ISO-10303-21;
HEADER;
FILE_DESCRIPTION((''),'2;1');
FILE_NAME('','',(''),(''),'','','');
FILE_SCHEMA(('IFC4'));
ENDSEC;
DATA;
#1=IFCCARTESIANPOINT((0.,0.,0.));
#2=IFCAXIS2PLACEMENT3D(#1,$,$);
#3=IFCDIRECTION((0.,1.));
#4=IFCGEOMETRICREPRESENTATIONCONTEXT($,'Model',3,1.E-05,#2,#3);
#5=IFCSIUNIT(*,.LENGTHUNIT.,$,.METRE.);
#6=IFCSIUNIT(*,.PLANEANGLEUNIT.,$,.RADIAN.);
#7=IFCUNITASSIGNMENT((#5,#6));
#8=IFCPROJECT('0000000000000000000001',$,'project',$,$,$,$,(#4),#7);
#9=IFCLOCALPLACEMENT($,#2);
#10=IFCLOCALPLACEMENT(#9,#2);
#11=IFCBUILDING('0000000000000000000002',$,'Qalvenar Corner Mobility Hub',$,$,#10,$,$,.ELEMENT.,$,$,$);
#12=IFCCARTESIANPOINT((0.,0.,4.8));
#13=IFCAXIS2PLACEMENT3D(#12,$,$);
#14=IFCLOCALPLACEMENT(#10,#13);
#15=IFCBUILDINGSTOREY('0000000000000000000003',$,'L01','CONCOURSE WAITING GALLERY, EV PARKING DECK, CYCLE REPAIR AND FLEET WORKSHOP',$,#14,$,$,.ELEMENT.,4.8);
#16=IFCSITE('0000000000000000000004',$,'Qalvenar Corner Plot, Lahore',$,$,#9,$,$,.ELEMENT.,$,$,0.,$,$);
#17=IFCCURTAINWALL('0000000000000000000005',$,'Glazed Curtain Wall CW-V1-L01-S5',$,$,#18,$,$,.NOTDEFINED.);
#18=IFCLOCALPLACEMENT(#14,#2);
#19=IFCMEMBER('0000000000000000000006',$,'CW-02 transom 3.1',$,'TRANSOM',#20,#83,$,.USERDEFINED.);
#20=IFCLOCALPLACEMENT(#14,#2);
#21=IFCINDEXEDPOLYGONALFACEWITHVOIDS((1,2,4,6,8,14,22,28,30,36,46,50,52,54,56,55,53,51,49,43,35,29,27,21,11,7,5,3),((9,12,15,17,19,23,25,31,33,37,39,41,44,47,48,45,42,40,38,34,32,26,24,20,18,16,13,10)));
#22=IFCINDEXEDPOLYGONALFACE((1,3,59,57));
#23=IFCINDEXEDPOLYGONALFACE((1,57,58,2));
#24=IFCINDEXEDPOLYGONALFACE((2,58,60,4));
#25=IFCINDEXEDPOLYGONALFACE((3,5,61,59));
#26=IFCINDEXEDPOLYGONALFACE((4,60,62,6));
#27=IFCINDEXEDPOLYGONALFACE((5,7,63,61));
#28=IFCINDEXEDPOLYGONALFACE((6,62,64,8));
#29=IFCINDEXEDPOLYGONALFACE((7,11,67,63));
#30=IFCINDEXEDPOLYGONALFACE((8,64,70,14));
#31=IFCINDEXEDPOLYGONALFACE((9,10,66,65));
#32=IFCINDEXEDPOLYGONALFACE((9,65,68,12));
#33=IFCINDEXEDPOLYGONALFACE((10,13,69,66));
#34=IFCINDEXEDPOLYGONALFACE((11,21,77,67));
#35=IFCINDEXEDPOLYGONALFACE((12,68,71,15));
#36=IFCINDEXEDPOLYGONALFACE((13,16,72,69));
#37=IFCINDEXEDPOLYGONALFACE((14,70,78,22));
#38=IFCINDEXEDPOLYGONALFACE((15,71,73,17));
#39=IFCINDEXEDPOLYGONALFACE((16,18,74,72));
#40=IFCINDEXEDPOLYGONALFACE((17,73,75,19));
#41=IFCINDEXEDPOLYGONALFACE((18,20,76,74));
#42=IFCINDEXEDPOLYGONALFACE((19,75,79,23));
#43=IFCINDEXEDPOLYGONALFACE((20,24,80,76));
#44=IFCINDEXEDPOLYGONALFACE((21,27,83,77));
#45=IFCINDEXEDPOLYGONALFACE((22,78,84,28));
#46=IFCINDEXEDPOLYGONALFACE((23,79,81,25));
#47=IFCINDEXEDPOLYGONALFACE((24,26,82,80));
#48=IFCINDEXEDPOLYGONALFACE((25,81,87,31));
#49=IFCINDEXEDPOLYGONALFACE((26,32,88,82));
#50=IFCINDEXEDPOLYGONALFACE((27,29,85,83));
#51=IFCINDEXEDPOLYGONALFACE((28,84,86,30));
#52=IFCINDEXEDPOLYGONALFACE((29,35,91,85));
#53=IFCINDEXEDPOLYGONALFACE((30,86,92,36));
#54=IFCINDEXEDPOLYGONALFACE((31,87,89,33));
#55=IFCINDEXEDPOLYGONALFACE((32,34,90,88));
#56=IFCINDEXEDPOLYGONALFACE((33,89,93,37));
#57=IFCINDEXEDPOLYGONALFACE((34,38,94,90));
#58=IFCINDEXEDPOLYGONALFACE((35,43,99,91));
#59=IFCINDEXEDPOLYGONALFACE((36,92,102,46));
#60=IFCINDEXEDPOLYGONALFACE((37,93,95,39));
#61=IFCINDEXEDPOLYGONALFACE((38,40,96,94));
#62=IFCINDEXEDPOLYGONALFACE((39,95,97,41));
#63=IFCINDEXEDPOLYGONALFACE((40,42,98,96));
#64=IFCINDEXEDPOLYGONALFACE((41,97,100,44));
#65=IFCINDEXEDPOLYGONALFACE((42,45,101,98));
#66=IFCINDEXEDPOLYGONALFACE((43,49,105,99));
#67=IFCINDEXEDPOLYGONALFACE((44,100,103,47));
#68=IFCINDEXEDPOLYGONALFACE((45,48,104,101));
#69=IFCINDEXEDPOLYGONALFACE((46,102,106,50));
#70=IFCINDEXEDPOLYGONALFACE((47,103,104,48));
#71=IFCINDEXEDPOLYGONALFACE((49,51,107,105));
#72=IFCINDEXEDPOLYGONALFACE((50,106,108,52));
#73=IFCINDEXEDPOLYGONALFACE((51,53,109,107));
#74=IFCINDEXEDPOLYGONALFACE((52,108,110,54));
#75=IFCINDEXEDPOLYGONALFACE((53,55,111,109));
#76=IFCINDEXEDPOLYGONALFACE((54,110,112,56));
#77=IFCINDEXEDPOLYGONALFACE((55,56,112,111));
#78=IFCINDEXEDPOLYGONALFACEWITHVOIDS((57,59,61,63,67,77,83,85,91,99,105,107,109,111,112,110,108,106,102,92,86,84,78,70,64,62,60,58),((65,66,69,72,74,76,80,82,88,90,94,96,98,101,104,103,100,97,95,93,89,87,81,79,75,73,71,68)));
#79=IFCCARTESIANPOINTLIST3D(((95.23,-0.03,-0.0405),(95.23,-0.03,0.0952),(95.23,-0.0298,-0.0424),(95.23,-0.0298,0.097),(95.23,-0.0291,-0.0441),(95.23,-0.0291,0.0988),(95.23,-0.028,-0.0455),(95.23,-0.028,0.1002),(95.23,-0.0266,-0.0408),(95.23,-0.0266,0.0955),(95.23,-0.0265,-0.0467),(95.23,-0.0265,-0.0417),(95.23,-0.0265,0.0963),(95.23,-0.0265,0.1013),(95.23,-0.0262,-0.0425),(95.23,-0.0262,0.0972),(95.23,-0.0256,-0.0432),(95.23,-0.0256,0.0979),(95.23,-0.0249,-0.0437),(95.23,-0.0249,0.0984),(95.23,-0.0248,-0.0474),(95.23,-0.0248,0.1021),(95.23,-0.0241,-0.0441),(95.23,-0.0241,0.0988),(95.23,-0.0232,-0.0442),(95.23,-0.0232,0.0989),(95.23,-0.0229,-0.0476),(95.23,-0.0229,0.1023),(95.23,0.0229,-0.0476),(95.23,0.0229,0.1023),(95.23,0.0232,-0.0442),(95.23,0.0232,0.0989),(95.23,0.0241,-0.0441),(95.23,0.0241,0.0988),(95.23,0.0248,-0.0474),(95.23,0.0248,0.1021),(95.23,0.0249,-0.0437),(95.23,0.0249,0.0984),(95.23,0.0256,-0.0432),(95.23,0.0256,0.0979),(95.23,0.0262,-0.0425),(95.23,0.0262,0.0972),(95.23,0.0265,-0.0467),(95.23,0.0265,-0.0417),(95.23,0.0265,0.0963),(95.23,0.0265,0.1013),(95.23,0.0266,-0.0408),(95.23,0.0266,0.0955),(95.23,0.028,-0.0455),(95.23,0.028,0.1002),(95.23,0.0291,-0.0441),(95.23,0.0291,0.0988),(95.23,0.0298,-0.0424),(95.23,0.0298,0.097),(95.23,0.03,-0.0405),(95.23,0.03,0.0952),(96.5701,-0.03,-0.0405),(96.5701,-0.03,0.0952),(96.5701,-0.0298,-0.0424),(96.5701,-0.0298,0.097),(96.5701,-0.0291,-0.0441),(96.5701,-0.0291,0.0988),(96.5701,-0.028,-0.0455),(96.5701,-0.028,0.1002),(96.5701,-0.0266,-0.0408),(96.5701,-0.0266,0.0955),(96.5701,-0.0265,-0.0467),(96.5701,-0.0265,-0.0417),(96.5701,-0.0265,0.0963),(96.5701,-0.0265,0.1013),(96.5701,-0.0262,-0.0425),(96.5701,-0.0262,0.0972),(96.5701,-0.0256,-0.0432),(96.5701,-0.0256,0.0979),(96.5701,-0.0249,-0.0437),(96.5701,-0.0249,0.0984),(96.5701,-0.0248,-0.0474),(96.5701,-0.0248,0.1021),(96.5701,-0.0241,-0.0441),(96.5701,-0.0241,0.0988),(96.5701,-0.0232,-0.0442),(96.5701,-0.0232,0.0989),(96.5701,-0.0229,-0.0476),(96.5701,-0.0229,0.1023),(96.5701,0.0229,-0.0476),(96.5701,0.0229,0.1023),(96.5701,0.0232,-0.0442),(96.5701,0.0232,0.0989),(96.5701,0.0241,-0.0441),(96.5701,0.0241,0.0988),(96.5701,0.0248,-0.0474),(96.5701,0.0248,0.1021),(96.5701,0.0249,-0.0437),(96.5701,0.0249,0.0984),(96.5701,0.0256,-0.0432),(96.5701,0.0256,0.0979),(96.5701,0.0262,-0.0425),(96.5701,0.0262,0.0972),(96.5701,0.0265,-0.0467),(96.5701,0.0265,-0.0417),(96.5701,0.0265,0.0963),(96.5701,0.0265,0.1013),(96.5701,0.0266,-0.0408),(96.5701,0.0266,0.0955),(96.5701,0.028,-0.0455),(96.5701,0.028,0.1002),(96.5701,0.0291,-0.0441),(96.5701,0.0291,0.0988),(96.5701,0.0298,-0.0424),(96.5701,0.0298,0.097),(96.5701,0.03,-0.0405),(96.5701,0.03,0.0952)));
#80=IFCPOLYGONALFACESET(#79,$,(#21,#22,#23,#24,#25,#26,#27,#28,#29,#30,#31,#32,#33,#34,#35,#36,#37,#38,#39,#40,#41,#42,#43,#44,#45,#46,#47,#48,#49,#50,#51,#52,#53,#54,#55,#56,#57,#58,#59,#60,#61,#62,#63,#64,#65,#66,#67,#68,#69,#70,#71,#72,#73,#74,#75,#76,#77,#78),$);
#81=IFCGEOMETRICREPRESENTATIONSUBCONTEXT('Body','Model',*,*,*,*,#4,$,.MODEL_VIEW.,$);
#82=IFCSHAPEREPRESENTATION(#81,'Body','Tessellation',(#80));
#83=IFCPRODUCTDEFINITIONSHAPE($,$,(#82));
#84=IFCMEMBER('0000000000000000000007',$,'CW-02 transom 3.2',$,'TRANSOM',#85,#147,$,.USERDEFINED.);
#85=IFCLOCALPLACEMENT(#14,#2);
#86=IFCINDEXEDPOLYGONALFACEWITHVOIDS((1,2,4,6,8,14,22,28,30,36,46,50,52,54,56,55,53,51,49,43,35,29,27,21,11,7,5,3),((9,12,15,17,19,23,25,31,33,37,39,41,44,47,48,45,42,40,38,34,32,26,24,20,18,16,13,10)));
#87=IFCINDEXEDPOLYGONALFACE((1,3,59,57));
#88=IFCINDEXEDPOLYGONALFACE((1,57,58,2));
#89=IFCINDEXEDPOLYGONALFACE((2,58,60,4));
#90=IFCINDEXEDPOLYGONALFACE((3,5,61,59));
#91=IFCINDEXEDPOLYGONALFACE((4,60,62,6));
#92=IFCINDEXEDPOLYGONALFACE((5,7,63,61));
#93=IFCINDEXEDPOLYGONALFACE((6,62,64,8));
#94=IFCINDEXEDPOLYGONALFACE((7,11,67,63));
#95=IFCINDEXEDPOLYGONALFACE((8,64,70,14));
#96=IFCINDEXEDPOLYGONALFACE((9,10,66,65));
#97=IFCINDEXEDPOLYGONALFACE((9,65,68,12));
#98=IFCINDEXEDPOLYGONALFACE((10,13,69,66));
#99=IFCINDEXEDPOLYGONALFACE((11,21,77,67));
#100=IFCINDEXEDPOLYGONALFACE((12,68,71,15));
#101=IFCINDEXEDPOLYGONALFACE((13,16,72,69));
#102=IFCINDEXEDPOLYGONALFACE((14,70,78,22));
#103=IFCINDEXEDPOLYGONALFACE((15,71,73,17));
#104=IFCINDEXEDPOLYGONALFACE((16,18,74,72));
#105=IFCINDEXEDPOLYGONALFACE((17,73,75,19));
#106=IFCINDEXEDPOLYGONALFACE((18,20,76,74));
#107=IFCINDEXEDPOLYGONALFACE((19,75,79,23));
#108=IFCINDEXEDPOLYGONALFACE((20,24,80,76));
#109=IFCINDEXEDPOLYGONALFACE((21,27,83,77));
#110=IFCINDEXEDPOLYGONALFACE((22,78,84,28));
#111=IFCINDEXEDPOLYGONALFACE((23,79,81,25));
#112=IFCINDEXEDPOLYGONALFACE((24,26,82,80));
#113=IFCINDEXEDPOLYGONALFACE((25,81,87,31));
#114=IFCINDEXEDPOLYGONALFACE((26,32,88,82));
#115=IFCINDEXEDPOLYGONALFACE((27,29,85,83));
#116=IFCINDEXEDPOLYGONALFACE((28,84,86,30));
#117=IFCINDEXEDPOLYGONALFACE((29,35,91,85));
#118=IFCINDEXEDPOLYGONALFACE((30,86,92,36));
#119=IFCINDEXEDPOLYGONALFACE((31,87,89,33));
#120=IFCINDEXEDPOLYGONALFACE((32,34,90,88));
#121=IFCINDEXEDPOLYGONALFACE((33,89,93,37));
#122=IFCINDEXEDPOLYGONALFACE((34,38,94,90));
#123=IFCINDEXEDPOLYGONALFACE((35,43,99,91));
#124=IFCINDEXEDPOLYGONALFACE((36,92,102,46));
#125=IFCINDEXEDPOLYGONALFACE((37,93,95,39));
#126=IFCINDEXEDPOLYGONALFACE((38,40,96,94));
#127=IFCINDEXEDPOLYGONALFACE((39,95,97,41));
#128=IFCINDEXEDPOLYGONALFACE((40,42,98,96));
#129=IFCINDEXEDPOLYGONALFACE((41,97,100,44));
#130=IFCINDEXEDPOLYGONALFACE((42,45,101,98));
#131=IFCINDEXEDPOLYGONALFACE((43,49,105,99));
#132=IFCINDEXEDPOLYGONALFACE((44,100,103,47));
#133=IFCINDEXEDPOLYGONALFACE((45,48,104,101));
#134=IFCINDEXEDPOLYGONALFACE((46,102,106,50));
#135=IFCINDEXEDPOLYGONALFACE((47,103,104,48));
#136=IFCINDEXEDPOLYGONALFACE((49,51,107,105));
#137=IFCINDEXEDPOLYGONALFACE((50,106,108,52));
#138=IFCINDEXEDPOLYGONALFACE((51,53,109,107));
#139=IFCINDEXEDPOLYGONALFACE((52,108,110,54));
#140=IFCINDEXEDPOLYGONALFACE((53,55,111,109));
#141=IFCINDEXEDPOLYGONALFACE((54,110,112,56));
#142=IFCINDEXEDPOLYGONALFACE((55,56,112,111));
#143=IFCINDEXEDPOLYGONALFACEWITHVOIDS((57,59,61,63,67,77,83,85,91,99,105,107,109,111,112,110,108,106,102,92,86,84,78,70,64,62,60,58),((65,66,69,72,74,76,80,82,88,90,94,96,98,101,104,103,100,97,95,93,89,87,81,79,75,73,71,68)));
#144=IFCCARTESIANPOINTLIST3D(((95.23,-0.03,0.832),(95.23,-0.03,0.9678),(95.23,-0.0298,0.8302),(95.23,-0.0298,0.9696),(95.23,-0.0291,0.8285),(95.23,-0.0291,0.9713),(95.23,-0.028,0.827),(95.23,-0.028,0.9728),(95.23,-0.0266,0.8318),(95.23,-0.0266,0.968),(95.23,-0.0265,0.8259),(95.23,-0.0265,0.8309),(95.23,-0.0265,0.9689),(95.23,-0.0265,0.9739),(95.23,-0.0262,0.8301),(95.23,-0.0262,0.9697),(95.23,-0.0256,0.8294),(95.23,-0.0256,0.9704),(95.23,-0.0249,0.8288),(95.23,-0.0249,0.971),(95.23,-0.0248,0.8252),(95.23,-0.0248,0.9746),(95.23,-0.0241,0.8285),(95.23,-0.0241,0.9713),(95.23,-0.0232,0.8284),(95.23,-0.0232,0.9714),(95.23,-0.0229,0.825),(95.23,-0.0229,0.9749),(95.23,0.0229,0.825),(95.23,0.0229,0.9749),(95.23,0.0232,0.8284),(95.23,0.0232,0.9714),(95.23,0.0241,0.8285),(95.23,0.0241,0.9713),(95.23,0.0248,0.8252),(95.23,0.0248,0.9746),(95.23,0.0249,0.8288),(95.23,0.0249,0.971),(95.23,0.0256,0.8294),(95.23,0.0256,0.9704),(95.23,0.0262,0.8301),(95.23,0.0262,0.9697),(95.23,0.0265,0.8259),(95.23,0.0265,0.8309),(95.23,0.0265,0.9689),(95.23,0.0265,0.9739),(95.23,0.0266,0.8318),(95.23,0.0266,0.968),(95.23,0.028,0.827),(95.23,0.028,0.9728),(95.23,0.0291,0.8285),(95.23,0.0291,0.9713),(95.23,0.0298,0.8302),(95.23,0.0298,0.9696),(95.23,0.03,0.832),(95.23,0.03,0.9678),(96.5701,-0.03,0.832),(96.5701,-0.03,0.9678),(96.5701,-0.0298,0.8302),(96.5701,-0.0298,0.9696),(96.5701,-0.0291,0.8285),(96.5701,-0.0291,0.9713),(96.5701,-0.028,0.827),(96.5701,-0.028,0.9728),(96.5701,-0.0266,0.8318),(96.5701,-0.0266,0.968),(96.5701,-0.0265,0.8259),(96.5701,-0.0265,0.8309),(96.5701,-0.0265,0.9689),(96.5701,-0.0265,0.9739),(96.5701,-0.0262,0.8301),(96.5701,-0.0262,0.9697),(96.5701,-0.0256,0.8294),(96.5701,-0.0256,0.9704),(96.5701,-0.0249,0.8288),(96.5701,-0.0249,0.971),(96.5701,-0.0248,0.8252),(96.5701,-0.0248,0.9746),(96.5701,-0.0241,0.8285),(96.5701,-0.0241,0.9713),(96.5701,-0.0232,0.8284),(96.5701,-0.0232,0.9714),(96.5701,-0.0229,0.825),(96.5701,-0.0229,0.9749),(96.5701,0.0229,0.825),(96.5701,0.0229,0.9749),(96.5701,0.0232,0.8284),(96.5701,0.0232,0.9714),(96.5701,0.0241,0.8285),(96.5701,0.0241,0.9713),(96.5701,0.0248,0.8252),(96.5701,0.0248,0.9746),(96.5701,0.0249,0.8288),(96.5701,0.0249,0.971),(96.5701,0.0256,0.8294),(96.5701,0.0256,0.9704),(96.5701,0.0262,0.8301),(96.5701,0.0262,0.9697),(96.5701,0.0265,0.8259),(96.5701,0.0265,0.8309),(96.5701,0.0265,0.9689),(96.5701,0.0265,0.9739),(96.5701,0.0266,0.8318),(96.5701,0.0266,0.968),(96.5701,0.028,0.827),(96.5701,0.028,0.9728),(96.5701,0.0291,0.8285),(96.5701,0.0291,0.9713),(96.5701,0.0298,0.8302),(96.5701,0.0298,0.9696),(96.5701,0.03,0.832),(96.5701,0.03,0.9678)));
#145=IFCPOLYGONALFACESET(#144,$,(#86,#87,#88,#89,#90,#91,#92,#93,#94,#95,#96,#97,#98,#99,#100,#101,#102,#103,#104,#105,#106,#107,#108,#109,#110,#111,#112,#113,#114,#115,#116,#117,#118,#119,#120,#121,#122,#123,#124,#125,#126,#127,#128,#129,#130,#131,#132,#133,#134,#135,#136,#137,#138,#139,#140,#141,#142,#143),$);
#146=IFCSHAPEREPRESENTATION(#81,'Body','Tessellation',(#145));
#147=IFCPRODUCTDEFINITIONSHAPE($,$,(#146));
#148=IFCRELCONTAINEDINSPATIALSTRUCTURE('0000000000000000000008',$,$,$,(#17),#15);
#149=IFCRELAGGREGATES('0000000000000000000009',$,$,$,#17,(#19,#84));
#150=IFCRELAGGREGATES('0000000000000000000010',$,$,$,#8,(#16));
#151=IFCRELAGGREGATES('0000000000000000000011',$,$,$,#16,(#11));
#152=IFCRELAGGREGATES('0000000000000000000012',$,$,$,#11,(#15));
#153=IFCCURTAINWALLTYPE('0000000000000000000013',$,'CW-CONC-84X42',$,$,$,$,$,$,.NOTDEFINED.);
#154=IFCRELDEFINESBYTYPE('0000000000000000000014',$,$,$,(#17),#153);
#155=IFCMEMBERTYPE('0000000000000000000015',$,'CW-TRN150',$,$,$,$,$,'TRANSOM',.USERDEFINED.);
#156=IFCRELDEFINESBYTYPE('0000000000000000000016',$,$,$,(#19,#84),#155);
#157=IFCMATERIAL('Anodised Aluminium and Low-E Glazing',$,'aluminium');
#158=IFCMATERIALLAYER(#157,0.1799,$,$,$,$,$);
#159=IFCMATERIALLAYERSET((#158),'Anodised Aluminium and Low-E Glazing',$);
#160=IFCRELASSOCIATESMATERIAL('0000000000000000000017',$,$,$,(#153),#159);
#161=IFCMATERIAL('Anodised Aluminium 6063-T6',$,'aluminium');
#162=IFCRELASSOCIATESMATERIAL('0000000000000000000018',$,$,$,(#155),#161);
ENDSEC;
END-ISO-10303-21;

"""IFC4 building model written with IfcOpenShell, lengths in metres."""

from ifc_helpers import new_model, si_unit, direction, frame, origin, origin_2d, place, context, subcontext, project, spatial, hollow_rectangle, extrude, material, layer, layer_set, material_profile, profile_set, type_object, element, aggregate, save


model = new_model("IFC4")

# Units and contexts
model_context = context("Model", 3, precision=1e-05, world=origin(), true_north=direction((0.0, 1.0)))
body_context = subcontext(model_context, "Body", "Model", "MODEL_VIEW")
ifc_project = project(units=[si_unit("LENGTHUNIT", "METRE"), si_unit("PLANEANGLEUNIT", "RADIAN")], contexts=[model_context])

# Site, building, storey
site_placement = place(None, origin())
site = spatial("IfcSite", under=ifc_project, at=site_placement, Name="Qalvenar Corner Plot, Lahore", CompositionType="ELEMENT", RefElevation=0.0)
building_placement = place(site_placement, origin())
building = spatial("IfcBuilding", under=site, at=building_placement, Name="Qalvenar Corner Mobility Hub", CompositionType="ELEMENT")
storey_placement = place(building_placement, frame((0.0, 0.0, 4.8)))
storey = spatial("IfcBuildingStorey", under=building, at=storey_placement, Name="L01", Description="CONCOURSE WAITING GALLERY, EV PARKING DECK, CYCLE REPAIR AND FLEET WORKSHOP", CompositionType="ELEMENT", Elevation=4.8)

# Shared definitions
ifc_material_1 = material(Name="Anodised Aluminium and Low-E Glazing", Category="aluminium")
ifc_layer_1 = layer(ifc_material_1, 0.1799)
ifc_layer_set_1 = layer_set([ifc_layer_1], Name="Anodised Aluminium and Low-E Glazing")
curtain_wall_type = type_object("IfcCurtainWallType", Name="CW-CONC-84X42", PredefinedType="NOTDEFINED", material=ifc_layer_set_1)
ifc_material_2 = material(Name="Anodised Aluminium 6063-T6", Category="aluminium")

# Curtain wall, members
curtain_wall_1_placement = place(storey_placement, origin())
curtain_wall_1 = element("IfcCurtainWall", 1, at=curtain_wall_1_placement, inside=storey, type_object=curtain_wall_type, Name="Glazed Curtain Wall CW-V1-L01-S5", PredefinedType="NOTDEFINED")
ifc_material_profile_1 = material_profile(ifc_material_2, hollow_rectangle(XDim=0.0601, YDim=0.1499, WallThickness=0.0034, InnerFilletRadius=0.0034, OuterFilletRadius=0.0071, at=origin_2d()), Name="RHS150x60x3.5")
ifc_profile_set_1 = profile_set([ifc_material_profile_1], Name="Anodised Aluminium 6063-T6")
member_type_1 = type_object("IfcMemberType", Name="CW-TRN150", ElementType="TRANSOM", PredefinedType="USERDEFINED", material=ifc_profile_set_1)
member_1_placement = place(storey_placement, frame((95.23, 0.0, 0.0273), z_axis=(1.0, 0.0, 0.0), x_axis=(0.0, 1.0, 0.0)))
member_1 = element("IfcMember", 2, at=member_1_placement, type_object=member_type_1, Name="CW-02 transom 3.1", ObjectType="TRANSOM", PredefinedType="USERDEFINED", context=body_context, shape_type="SweptSolid", body=[
    extrude(hollow_rectangle(XDim=0.0601, YDim=0.1499, WallThickness=0.0034, InnerFilletRadius=0.0034, OuterFilletRadius=0.0071, at=origin_2d()), origin(), (0.0, 0.0, 1.0), 1.3401),
])
member_2_placement = place(storey_placement, frame((95.23, 0.0, 0.8999), z_axis=(1.0, 0.0, 0.0), x_axis=(0.0, 1.0, 0.0)))
member_2 = element("IfcMember", 3, at=member_2_placement, type_object=member_type_1, Name="CW-02 transom 3.2", ObjectType="TRANSOM", PredefinedType="USERDEFINED", context=body_context, shape_type="SweptSolid", body=[
    extrude(hollow_rectangle(XDim=0.0601, YDim=0.1499, WallThickness=0.0034, InnerFilletRadius=0.0034, OuterFilletRadius=0.0071, at=origin_2d()), origin(), (0.0, 0.0, 1.0), 1.3401),
])

aggregate(curtain_wall_1, [member_1, member_2])

save(model, "model.ifc")
